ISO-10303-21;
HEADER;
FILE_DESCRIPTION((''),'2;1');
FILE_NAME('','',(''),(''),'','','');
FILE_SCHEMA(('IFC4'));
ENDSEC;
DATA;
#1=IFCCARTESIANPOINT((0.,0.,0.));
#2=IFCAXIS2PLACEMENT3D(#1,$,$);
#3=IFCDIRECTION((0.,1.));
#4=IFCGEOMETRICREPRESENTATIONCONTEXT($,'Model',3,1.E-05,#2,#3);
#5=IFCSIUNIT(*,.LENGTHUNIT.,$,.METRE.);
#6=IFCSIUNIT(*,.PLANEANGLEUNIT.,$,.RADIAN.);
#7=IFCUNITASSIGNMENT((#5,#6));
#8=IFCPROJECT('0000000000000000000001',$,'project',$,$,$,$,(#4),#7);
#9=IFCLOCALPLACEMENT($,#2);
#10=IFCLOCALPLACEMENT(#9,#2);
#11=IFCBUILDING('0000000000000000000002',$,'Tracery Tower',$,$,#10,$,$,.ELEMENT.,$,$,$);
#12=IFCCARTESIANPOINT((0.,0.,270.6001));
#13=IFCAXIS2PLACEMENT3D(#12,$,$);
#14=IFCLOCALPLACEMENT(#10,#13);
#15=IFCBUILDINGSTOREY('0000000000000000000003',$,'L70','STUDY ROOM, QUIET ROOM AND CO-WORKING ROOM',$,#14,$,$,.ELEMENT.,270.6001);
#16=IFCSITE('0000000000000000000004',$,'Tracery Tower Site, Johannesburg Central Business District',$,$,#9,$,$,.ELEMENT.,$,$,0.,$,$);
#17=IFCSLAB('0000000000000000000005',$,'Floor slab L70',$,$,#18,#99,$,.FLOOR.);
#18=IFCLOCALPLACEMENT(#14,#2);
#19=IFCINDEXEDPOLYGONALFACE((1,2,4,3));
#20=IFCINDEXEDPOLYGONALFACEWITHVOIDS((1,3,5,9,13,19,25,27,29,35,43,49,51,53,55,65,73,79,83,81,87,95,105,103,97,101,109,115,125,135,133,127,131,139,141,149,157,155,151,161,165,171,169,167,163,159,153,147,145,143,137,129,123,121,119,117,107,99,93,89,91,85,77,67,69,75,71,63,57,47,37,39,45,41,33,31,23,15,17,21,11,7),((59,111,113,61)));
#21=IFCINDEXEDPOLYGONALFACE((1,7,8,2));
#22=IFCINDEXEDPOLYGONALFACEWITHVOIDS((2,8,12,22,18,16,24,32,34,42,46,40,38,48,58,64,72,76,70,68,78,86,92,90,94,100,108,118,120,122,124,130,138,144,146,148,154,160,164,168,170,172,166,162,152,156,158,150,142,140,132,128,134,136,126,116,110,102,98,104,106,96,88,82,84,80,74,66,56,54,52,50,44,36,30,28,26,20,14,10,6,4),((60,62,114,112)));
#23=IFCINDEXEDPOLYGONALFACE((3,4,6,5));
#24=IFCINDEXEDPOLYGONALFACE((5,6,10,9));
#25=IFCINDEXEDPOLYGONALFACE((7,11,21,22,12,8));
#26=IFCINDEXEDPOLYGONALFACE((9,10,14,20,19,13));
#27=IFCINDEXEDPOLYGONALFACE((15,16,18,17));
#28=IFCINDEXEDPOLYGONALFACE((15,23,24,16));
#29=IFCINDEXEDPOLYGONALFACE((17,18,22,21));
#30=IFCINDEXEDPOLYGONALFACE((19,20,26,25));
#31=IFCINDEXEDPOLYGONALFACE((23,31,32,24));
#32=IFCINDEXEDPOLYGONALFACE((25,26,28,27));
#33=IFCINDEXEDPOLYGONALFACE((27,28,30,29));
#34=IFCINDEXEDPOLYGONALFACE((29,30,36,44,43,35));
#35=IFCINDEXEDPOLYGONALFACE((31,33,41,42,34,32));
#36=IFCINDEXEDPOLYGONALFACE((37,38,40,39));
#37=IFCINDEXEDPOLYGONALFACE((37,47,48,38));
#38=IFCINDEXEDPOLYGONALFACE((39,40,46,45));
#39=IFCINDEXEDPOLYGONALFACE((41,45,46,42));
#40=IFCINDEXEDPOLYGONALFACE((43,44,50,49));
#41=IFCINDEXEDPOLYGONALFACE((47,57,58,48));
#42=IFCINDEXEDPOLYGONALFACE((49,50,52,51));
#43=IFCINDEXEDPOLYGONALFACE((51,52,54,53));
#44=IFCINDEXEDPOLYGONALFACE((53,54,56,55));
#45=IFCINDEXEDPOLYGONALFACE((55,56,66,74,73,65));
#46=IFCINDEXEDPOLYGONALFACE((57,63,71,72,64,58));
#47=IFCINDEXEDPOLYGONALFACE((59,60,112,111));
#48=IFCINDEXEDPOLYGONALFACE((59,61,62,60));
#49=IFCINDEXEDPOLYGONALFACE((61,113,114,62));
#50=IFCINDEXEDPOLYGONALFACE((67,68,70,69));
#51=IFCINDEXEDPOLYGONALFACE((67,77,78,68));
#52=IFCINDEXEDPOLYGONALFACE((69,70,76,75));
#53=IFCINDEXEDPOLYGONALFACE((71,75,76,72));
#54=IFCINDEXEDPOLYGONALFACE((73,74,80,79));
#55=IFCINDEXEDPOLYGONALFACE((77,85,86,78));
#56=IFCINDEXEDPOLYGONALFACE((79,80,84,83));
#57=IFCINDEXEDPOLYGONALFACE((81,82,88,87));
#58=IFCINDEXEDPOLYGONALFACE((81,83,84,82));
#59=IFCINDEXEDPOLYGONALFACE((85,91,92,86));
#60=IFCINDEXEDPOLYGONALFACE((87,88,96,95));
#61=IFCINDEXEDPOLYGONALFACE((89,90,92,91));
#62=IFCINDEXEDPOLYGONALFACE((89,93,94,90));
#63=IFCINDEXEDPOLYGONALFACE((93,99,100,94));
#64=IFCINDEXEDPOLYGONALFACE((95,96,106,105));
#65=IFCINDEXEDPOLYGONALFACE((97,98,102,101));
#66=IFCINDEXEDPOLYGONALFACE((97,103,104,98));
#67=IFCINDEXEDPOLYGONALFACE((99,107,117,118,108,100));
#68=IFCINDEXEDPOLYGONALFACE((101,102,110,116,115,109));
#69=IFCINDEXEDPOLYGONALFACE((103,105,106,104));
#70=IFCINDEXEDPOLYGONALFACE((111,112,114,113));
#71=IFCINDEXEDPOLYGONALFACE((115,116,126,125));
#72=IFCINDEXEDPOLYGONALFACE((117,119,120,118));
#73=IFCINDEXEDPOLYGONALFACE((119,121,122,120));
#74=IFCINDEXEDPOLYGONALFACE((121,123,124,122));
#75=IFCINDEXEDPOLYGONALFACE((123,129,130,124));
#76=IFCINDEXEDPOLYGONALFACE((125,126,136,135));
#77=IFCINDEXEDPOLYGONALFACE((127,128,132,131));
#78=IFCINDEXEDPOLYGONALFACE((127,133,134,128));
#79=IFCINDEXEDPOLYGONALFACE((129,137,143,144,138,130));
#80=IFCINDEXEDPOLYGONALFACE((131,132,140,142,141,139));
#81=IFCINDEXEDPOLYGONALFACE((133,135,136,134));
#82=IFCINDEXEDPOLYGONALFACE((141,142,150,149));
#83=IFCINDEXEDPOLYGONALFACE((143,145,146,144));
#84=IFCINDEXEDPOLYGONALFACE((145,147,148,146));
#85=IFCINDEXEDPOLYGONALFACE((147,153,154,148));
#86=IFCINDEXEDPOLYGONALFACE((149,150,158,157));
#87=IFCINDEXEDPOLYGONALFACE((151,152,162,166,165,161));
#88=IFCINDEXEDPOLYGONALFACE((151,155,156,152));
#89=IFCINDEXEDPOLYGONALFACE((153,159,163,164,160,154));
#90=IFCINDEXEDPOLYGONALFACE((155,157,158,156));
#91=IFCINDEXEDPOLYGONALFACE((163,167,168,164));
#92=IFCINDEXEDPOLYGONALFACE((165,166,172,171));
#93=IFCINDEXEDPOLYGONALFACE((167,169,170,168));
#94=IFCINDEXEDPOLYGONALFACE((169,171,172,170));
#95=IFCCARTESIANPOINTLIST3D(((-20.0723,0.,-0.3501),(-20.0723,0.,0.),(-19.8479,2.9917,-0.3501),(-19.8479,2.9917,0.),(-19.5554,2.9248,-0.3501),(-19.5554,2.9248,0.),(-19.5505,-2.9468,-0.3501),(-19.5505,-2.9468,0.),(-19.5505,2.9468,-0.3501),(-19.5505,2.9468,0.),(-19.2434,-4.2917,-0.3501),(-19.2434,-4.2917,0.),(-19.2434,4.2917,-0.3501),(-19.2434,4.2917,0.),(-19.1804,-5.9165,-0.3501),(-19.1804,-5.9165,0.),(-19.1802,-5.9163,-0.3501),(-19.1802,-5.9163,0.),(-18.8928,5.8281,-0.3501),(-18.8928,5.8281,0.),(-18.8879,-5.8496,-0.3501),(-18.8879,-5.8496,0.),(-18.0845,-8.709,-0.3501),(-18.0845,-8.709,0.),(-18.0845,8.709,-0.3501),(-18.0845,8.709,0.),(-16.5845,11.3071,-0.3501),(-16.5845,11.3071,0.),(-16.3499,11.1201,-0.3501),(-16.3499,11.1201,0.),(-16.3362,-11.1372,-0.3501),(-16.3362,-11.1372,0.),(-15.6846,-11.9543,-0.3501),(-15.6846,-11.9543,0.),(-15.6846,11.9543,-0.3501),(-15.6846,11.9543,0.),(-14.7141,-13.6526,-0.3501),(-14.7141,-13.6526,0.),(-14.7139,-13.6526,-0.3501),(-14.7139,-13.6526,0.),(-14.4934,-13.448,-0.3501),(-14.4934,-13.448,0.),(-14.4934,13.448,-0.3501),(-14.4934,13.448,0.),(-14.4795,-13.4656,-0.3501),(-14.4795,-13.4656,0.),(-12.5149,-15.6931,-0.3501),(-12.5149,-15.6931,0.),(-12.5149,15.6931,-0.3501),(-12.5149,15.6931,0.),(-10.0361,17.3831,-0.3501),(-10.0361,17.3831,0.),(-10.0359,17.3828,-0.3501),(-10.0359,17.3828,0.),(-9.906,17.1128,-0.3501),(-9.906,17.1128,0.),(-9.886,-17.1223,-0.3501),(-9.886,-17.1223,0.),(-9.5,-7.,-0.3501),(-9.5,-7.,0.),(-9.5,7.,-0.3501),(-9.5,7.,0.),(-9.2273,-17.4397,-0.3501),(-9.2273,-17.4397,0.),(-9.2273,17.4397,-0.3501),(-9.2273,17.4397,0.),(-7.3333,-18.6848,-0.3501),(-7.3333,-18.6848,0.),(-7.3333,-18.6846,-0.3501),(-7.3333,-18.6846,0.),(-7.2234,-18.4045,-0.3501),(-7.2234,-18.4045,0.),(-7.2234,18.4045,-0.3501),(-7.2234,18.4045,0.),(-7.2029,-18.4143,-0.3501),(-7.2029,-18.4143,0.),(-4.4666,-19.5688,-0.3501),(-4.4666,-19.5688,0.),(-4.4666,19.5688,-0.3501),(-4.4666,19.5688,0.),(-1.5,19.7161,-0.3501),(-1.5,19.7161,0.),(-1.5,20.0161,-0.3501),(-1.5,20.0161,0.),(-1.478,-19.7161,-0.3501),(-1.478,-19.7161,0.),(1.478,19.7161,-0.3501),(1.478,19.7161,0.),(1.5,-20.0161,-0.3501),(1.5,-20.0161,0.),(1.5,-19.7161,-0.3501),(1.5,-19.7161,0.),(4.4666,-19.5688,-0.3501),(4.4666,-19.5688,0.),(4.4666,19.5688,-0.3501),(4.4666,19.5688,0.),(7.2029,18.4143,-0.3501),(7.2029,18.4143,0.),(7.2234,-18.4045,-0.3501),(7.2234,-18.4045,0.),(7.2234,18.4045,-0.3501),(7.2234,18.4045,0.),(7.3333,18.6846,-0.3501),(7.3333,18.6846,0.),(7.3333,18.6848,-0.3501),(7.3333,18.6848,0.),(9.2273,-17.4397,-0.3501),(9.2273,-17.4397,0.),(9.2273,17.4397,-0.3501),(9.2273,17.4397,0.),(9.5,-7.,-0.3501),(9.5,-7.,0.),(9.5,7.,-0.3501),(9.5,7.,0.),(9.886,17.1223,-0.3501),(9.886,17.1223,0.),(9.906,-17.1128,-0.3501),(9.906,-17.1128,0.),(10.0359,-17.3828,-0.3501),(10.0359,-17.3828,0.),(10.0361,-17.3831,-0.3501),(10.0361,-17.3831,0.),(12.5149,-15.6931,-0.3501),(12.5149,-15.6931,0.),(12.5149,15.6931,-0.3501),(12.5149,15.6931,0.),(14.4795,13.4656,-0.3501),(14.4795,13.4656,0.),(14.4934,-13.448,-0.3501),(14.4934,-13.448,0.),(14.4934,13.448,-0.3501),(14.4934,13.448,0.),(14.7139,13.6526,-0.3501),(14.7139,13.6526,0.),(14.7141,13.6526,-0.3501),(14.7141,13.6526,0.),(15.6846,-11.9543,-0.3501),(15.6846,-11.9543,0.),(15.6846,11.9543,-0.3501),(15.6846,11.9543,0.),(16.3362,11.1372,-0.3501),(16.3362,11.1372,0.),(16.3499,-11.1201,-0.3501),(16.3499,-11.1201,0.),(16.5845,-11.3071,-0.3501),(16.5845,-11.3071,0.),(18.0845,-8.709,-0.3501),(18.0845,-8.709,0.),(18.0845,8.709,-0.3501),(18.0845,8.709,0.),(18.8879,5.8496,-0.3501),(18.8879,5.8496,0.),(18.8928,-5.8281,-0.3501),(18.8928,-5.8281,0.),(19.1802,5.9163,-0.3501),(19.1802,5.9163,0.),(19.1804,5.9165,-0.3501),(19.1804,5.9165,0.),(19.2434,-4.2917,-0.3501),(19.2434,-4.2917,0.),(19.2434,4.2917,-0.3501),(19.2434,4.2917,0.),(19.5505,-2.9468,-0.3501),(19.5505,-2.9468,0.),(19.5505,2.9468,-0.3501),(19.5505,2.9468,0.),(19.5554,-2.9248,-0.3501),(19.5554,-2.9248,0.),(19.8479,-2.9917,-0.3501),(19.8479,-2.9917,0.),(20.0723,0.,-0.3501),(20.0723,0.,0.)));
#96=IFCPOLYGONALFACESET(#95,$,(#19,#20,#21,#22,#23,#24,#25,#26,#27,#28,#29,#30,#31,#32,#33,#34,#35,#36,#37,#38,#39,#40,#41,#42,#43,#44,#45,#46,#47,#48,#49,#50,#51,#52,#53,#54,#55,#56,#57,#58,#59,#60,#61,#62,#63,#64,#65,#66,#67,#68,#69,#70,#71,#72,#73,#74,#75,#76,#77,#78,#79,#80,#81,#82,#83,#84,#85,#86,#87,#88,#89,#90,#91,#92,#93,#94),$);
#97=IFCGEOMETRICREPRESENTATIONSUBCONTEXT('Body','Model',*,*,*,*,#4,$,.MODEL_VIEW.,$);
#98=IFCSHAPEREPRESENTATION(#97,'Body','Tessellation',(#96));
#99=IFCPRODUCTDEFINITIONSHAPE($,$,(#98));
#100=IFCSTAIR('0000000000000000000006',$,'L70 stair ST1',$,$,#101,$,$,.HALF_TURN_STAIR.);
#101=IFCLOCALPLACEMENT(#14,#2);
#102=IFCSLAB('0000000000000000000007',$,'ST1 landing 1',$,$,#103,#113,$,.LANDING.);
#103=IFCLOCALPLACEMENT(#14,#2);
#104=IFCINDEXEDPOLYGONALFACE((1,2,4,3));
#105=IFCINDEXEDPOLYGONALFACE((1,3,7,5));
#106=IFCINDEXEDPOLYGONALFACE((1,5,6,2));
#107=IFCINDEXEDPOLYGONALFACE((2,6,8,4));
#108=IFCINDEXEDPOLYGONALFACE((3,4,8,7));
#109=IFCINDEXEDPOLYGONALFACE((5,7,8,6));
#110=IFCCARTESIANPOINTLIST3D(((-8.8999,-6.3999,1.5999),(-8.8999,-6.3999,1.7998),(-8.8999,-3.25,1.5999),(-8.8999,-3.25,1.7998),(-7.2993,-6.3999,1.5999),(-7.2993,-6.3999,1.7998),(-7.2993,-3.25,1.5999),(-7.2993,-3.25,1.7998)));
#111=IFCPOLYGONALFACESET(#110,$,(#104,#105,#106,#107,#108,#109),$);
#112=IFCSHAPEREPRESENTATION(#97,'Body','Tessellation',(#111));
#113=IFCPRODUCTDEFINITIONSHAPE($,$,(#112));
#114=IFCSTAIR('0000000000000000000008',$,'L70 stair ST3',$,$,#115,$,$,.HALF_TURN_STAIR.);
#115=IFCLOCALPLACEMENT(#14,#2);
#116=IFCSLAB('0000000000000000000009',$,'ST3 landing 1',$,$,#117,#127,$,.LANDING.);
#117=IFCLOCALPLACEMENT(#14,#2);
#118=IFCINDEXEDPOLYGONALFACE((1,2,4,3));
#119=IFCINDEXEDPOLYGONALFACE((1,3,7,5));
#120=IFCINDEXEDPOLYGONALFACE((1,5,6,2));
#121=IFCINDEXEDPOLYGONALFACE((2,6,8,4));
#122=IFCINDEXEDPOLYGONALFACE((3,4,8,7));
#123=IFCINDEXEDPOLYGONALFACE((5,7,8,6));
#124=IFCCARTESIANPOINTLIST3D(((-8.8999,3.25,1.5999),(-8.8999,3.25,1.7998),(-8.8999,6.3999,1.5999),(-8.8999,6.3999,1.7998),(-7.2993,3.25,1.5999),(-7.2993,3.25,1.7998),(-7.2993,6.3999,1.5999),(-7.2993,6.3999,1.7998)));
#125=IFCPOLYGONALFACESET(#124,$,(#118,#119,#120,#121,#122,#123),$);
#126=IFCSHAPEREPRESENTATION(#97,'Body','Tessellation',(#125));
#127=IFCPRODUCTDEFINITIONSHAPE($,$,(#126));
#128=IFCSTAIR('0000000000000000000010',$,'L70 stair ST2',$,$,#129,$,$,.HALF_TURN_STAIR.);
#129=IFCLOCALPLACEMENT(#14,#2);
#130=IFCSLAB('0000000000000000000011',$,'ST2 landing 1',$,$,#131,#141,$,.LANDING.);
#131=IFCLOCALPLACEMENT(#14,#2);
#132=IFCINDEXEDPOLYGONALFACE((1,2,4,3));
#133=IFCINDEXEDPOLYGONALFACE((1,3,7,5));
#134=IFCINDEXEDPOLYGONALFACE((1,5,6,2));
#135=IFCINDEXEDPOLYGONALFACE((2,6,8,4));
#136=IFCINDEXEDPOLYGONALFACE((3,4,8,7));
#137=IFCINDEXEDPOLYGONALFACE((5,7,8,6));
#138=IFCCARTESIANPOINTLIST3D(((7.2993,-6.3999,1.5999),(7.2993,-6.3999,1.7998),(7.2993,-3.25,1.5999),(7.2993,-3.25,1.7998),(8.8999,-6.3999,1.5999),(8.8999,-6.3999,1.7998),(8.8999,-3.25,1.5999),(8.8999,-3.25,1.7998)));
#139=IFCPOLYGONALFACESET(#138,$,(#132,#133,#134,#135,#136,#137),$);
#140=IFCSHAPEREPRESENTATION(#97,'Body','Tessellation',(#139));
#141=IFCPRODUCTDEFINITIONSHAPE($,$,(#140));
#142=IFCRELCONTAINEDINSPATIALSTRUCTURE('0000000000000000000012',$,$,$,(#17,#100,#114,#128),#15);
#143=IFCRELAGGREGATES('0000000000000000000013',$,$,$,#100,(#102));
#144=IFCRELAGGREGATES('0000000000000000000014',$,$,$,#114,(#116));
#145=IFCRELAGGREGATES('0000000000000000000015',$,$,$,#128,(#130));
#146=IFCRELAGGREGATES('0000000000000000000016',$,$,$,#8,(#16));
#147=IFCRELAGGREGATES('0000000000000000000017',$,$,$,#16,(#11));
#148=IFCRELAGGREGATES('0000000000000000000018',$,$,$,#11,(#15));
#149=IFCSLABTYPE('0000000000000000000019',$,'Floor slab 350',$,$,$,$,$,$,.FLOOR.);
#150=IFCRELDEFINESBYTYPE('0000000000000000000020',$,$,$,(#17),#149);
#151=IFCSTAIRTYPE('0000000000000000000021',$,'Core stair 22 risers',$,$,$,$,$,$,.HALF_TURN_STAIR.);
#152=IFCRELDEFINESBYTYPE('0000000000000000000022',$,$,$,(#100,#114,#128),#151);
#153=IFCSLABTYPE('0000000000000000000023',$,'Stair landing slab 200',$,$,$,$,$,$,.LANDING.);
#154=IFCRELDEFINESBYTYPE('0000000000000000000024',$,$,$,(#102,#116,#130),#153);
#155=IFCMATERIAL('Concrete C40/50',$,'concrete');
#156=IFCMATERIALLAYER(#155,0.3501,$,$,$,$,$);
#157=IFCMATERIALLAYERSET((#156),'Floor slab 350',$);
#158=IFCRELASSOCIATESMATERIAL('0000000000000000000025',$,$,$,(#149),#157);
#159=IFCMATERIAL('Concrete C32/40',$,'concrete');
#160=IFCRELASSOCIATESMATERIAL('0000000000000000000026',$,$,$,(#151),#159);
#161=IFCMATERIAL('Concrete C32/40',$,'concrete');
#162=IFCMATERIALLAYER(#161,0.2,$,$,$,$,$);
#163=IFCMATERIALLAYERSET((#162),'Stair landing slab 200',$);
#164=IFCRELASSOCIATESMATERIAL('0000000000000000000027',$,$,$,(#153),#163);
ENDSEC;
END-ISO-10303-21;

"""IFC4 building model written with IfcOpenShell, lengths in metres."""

from ifc_helpers import new_model, si_unit, direction, frame, origin, place, context, subcontext, project, spatial, polyline, outline, extrude, material, layer, layer_set, type_object, element, aggregate, save


model = new_model("IFC4")

# Units and contexts
model_context = context("Model", 3, precision=1e-05, world=origin(), true_north=direction((0.0, 1.0)))
body_context = subcontext(model_context, "Body", "Model", "MODEL_VIEW")
ifc_project = project(units=[si_unit("LENGTHUNIT", "METRE"), si_unit("PLANEANGLEUNIT", "RADIAN")], contexts=[model_context])

# Site, building, storey
site_placement = place(None, origin())
site = spatial("IfcSite", under=ifc_project, at=site_placement, Name="Tracery Tower Site, Johannesburg Central Business District", CompositionType="ELEMENT", RefElevation=0.0)
building_placement = place(site_placement, origin())
building = spatial("IfcBuilding", under=site, at=building_placement, Name="Tracery Tower", CompositionType="ELEMENT")
storey_placement = place(building_placement, frame((0.0, 0.0, 270.6001)))
storey = spatial("IfcBuildingStorey", under=building, at=storey_placement, Name="L70", Description="STUDY ROOM, QUIET ROOM AND CO-WORKING ROOM", CompositionType="ELEMENT", Elevation=270.6001)

# Slab
ifc_material_1 = material(Name="Concrete C40/50", Category="concrete")
ifc_layer_1 = layer(ifc_material_1, 0.3501)
ifc_layer_set_1 = layer_set([ifc_layer_1], Name="Floor slab 350")
slab_type_1 = type_object("IfcSlabType", Name="Floor slab 350", PredefinedType="FLOOR", material=ifc_layer_set_1)
slab_1_placement = place(storey_placement, frame((0.0, 0.0, -0.3501)))
element("IfcSlab", 1, at=slab_1_placement, inside=storey, type_object=slab_type_1, Name="Floor slab L70", PredefinedType="FLOOR", context=body_context, shape_type="SweptSolid", body=[
    extrude(outline(polyline([(19.2434, 4.2917), (18.8879, 5.8496), (19.1802, 5.9163), (19.1804, 5.9165), (18.0845, 8.709), (16.3362, 11.1372), (15.6846, 11.9543), (14.4934, 13.448), (14.4934, 13.448), (14.4795, 13.4656), (14.7139, 13.6526), (14.7141, 13.6526), (12.5149, 15.6931), (9.886, 17.1223), (9.2273, 17.4397), (7.2234, 18.4045), (7.2234, 18.4045), (7.2029, 18.4143), (7.3333, 18.6846), (7.3333, 18.6848), (4.4666, 19.5688), (1.478, 19.7161), (-1.5, 19.7161), (-1.5, 20.0161), (-1.5, 20.0161), (-4.4666, 19.5688), (-7.2234, 18.4045), (-9.2273, 17.4397), (-9.906, 17.1128), (-10.0359, 17.3828), (-10.0361, 17.3831), (-12.5149, 15.6931), (-14.4934, 13.448), (-15.6846, 11.9543), (-16.3499, 11.1201), (-16.5845, 11.3071), (-18.0845, 8.709), (-18.8928, 5.8281), (-19.2434, 4.2917), (-19.5505, 2.9468), (-19.5505, 2.9468), (-19.5554, 2.9248), (-19.8479, 2.9917), (-19.8479, 2.9917), (-20.0723, 0.0), (-19.5505, -2.9468), (-19.2434, -4.2917), (-18.8879, -5.8496), (-19.1802, -5.9163), (-19.1804, -5.9165), (-18.0845, -8.709), (-16.3362, -11.1372), (-15.6846, -11.9543), (-14.4934, -13.448), (-14.4934, -13.448), (-14.4795, -13.4656), (-14.7139, -13.6526), (-14.7141, -13.6526), (-12.5149, -15.6931), (-9.886, -17.1223), (-9.2273, -17.4397), (-7.2234, -18.4045), (-7.2234, -18.4045), (-7.2029, -18.4143), (-7.3333, -18.6846), (-7.3333, -18.6848), (-4.4666, -19.5688), (-1.478, -19.7161), (1.5, -19.7161), (1.5, -20.0161), (1.5, -20.0161), (4.4666, -19.5688), (7.2234, -18.4045), (9.2273, -17.4397), (9.906, -17.1128), (10.0359, -17.3828), (10.0361, -17.3831), (12.5149, -15.6931), (14.4934, -13.448), (15.6846, -11.9543), (16.3499, -11.1201), (16.5845, -11.3071), (18.0845, -8.709), (18.8928, -5.8281), (19.2434, -4.2917), (19.5505, -2.9468), (19.5505, -2.9468), (19.5554, -2.9248), (19.8479, -2.9917), (19.8479, -2.9917), (20.0723, 0.0), (19.5505, 2.9468), (19.2434, 4.2917)]), holes=[polyline([(-9.5, -7.0), (9.5, -7.0), (9.5, 7.0), (-9.5, 7.0), (-9.5, -7.0)])]), origin(), (0.0, 0.0, 1.0), 0.3501),
])

# Stairs, slabs
ifc_material_2 = material(Name="Concrete C32/40", Category="concrete")
stair_type = type_object("IfcStairType", Name="Core stair 22 risers", PredefinedType="HALF_TURN_STAIR", material=ifc_material_2)
stair_1_placement = place(storey_placement, origin())
stair_1 = element("IfcStair", 2, at=stair_1_placement, inside=storey, type_object=stair_type, Name="L70 stair ST1", PredefinedType="HALF_TURN_STAIR")
ifc_material_3 = material(Name="Concrete C32/40", Category="concrete")
ifc_layer_2 = layer(ifc_material_3, 0.2)
ifc_layer_set_2 = layer_set([ifc_layer_2], Name="Stair landing slab 200")
slab_type_2 = type_object("IfcSlabType", Name="Stair landing slab 200", PredefinedType="LANDING", material=ifc_layer_set_2)
slab_2_placement = place(storey_placement, frame((0.0, 0.0, 1.5999)))
slab_2 = element("IfcSlab", 3, at=slab_2_placement, type_object=slab_type_2, Name="ST1 landing 1", PredefinedType="LANDING", context=body_context, shape_type="SweptSolid", body=[
    extrude(outline(polyline([(-7.2993, -3.25), (-8.8999, -3.25), (-8.8999, -6.3999), (-7.2993, -6.3999), (-7.2993, -3.25)])), origin(), (0.0, 0.0, 1.0), 0.2),
])
aggregate(stair_1, [slab_2])
stair_2_placement = place(storey_placement, origin())
stair_2 = element("IfcStair", 4, at=stair_2_placement, inside=storey, type_object=stair_type, Name="L70 stair ST3", PredefinedType="HALF_TURN_STAIR")
slab_3_placement = place(storey_placement, frame((0.0, 0.0, 1.5999)))
slab_3 = element("IfcSlab", 5, at=slab_3_placement, type_object=slab_type_2, Name="ST3 landing 1", PredefinedType="LANDING", context=body_context, shape_type="SweptSolid", body=[
    extrude(outline(polyline([(-7.2993, 6.3999), (-8.8999, 6.3999), (-8.8999, 3.25), (-7.2993, 3.25), (-7.2993, 6.3999)])), origin(), (0.0, 0.0, 1.0), 0.2),
])
aggregate(stair_2, [slab_3])
stair_3_placement = place(storey_placement, origin())
stair_3 = element("IfcStair", 6, at=stair_3_placement, inside=storey, type_object=stair_type, Name="L70 stair ST2", PredefinedType="HALF_TURN_STAIR")
slab_4_placement = place(storey_placement, frame((0.0, 0.0, 1.5999)))
slab_4 = element("IfcSlab", 7, at=slab_4_placement, type_object=slab_type_2, Name="ST2 landing 1", PredefinedType="LANDING", context=body_context, shape_type="SweptSolid", body=[
    extrude(outline(polyline([(7.2993, -6.3999), (8.8999, -6.3999), (8.8999, -3.25), (7.2993, -3.25), (7.2993, -6.3999)])), origin(), (0.0, 0.0, 1.0), 0.2),
])
aggregate(stair_3, [slab_4])

save(model, "model.ifc")
